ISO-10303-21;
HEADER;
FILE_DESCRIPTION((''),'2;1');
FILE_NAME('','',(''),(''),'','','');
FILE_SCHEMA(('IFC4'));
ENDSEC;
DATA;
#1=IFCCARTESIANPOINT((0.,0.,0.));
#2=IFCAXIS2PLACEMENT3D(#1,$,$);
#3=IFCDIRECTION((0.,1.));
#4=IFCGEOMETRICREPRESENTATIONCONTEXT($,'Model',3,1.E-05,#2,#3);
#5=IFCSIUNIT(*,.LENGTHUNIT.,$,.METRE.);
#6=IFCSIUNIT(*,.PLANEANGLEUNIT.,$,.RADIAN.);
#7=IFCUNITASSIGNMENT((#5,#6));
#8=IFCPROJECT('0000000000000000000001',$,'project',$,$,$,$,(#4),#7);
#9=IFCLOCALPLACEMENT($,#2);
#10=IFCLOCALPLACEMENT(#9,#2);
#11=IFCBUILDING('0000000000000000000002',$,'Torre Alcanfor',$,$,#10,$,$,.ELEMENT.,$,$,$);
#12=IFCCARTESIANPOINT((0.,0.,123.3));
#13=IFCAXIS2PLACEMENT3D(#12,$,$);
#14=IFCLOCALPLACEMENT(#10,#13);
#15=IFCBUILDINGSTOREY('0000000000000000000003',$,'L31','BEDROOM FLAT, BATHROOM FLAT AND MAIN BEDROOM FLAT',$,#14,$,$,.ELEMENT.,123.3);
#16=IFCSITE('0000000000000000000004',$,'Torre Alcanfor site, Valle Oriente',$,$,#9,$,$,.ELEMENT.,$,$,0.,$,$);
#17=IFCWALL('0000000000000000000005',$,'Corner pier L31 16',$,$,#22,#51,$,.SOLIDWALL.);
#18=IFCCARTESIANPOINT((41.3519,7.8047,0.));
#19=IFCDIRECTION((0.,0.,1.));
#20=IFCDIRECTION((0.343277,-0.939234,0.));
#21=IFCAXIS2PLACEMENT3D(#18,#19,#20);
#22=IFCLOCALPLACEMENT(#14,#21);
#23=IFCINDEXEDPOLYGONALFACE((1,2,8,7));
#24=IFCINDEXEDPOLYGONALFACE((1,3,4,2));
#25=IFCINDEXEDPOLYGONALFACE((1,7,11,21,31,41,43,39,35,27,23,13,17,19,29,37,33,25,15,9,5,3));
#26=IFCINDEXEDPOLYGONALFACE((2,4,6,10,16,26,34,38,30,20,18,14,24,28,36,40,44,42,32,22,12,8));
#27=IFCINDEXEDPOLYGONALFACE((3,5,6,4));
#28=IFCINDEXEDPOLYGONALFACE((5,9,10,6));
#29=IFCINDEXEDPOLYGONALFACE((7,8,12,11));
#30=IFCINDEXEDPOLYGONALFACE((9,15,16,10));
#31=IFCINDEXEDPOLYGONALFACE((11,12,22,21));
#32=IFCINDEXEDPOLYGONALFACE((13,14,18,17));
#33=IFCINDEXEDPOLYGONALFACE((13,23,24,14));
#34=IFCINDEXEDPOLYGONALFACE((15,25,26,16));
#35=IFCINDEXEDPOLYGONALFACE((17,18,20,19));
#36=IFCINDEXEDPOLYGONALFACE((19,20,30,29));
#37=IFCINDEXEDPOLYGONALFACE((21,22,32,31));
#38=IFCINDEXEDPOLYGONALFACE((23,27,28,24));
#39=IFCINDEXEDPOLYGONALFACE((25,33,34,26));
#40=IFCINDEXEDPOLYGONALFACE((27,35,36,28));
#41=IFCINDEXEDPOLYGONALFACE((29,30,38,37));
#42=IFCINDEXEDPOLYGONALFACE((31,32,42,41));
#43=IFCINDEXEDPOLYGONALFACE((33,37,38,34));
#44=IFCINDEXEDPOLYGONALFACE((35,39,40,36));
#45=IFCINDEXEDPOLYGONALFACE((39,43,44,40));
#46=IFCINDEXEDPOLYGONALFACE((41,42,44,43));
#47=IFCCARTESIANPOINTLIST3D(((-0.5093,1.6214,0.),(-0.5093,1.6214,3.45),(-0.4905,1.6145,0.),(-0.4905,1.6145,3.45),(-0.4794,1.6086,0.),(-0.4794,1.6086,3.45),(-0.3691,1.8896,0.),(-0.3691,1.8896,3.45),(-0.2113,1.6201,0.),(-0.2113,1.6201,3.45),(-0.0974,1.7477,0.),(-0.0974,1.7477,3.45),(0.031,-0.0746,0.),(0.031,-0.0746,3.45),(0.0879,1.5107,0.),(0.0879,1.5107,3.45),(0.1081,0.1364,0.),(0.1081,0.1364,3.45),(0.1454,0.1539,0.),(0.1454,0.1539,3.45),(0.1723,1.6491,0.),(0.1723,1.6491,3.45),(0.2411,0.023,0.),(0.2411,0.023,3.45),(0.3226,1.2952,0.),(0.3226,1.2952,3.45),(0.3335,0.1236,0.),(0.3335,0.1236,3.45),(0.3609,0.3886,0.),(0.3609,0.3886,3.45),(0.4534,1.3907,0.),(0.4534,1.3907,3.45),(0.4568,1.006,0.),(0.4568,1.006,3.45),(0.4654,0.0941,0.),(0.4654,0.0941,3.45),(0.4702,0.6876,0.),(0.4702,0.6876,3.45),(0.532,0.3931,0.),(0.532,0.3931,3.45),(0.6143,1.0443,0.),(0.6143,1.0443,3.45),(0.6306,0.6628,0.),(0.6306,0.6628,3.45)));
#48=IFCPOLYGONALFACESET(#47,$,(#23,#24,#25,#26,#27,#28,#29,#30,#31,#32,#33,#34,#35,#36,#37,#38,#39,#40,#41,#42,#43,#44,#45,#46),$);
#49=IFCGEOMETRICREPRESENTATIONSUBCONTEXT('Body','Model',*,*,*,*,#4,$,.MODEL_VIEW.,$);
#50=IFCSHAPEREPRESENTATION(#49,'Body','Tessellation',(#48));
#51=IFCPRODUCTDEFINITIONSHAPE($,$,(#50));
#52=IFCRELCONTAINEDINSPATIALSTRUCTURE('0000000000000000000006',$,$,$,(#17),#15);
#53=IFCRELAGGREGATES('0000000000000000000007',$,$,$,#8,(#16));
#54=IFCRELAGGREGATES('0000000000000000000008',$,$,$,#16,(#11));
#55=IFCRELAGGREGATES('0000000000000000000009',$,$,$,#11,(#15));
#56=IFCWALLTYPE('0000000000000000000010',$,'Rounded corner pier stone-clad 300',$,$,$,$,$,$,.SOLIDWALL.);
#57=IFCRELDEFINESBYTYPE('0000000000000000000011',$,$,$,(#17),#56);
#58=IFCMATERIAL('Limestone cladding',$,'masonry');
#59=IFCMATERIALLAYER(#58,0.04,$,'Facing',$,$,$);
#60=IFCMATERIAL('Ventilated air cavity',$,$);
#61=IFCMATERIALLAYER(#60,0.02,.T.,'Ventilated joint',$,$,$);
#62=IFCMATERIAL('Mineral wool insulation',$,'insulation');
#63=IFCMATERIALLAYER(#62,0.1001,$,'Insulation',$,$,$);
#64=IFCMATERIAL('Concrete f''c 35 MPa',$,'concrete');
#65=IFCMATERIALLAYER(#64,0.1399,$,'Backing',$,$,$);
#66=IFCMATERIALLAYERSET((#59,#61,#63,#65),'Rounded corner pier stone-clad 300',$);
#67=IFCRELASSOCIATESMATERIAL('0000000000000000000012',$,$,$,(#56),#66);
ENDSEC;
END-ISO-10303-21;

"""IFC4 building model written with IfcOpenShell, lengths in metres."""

from ifc_helpers import new_model, si_unit, direction, frame, origin, place, context, subcontext, project, spatial, polyline, outline, extrude, material, layer, layer_set, type_object, element, save


model = new_model("IFC4")

# Units and contexts
model_context = context("Model", 3, precision=1e-05, world=origin(), true_north=direction((0.0, 1.0)))
body_context = subcontext(model_context, "Body", "Model", "MODEL_VIEW")
ifc_project = project(units=[si_unit("LENGTHUNIT", "METRE"), si_unit("PLANEANGLEUNIT", "RADIAN")], contexts=[model_context])

# Site, building, storey
site_placement = place(None, origin())
site = spatial("IfcSite", under=ifc_project, at=site_placement, Name="Torre Alcanfor site, Valle Oriente", CompositionType="ELEMENT", RefElevation=0.0)
building_placement = place(site_placement, origin())
building = spatial("IfcBuilding", under=site, at=building_placement, Name="Torre Alcanfor", CompositionType="ELEMENT")
storey_placement = place(building_placement, frame((0.0, 0.0, 123.3)))
storey = spatial("IfcBuildingStorey", under=building, at=storey_placement, Name="L31", Description="BEDROOM FLAT, BATHROOM FLAT AND MAIN BEDROOM FLAT", CompositionType="ELEMENT", Elevation=123.3)

# Shared definitions
ifc_material_1 = material(Name="Limestone cladding", Category="masonry")
ifc_material_2 = material(Name="Ventilated air cavity")
ifc_material_3 = material(Name="Mineral wool insulation", Category="insulation")
ifc_material_4 = material(Name="Concrete f'c 35 MPa", Category="concrete")

# Wall
ifc_layer_1 = layer(ifc_material_1, 0.04, Name="Facing")
ifc_layer_2 = layer(ifc_material_2, 0.02, ventilated=True, Name="Ventilated joint")
ifc_layer_3 = layer(ifc_material_3, 0.1001, Name="Insulation")
ifc_layer_4 = layer(ifc_material_4, 0.1399, Name="Backing")
ifc_layer_set_1 = layer_set([ifc_layer_1, ifc_layer_2, ifc_layer_3, ifc_layer_4], Name="Rounded corner pier stone-clad 300")
wall_type_1 = type_object("IfcWallType", Name="Rounded corner pier stone-clad 300", PredefinedType="SOLIDWALL", material=ifc_layer_set_1)
wall_1_placement = place(storey_placement, frame((41.3519, 7.8047, 0.0), z_axis=(0.0, 0.0, 1.0), x_axis=(0.343277, -0.939234, 0.0)))
element("IfcWall", 1, at=wall_1_placement, inside=storey, type_object=wall_type_1, Name="Corner pier L31 16", PredefinedType="SOLIDWALL", context=body_context, shape_type="SweptSolid", body=[
    extrude(outline(polyline([(-0.3691, 1.8896), (-0.5093, 1.6214), (-0.4905, 1.6145), (-0.4794, 1.6086), (-0.2113, 1.6201), (0.0879, 1.5107), (0.3226, 1.2952), (0.4568, 1.006), (0.4702, 0.6876), (0.3609, 0.3886), (0.1454, 0.1539), (0.1081, 0.1364), (0.031, -0.0746), (0.2411, 0.023), (0.3335, 0.1236), (0.4654, 0.0941), (0.532, 0.3931), (0.6306, 0.6628), (0.6143, 1.0443), (0.4534, 1.3907), (0.1723, 1.6491), (-0.0974, 1.7477), (-0.3691, 1.8896)])), origin(), (0.0, 0.0, 1.0), 3.45),
])

save(model, "model.ifc")
